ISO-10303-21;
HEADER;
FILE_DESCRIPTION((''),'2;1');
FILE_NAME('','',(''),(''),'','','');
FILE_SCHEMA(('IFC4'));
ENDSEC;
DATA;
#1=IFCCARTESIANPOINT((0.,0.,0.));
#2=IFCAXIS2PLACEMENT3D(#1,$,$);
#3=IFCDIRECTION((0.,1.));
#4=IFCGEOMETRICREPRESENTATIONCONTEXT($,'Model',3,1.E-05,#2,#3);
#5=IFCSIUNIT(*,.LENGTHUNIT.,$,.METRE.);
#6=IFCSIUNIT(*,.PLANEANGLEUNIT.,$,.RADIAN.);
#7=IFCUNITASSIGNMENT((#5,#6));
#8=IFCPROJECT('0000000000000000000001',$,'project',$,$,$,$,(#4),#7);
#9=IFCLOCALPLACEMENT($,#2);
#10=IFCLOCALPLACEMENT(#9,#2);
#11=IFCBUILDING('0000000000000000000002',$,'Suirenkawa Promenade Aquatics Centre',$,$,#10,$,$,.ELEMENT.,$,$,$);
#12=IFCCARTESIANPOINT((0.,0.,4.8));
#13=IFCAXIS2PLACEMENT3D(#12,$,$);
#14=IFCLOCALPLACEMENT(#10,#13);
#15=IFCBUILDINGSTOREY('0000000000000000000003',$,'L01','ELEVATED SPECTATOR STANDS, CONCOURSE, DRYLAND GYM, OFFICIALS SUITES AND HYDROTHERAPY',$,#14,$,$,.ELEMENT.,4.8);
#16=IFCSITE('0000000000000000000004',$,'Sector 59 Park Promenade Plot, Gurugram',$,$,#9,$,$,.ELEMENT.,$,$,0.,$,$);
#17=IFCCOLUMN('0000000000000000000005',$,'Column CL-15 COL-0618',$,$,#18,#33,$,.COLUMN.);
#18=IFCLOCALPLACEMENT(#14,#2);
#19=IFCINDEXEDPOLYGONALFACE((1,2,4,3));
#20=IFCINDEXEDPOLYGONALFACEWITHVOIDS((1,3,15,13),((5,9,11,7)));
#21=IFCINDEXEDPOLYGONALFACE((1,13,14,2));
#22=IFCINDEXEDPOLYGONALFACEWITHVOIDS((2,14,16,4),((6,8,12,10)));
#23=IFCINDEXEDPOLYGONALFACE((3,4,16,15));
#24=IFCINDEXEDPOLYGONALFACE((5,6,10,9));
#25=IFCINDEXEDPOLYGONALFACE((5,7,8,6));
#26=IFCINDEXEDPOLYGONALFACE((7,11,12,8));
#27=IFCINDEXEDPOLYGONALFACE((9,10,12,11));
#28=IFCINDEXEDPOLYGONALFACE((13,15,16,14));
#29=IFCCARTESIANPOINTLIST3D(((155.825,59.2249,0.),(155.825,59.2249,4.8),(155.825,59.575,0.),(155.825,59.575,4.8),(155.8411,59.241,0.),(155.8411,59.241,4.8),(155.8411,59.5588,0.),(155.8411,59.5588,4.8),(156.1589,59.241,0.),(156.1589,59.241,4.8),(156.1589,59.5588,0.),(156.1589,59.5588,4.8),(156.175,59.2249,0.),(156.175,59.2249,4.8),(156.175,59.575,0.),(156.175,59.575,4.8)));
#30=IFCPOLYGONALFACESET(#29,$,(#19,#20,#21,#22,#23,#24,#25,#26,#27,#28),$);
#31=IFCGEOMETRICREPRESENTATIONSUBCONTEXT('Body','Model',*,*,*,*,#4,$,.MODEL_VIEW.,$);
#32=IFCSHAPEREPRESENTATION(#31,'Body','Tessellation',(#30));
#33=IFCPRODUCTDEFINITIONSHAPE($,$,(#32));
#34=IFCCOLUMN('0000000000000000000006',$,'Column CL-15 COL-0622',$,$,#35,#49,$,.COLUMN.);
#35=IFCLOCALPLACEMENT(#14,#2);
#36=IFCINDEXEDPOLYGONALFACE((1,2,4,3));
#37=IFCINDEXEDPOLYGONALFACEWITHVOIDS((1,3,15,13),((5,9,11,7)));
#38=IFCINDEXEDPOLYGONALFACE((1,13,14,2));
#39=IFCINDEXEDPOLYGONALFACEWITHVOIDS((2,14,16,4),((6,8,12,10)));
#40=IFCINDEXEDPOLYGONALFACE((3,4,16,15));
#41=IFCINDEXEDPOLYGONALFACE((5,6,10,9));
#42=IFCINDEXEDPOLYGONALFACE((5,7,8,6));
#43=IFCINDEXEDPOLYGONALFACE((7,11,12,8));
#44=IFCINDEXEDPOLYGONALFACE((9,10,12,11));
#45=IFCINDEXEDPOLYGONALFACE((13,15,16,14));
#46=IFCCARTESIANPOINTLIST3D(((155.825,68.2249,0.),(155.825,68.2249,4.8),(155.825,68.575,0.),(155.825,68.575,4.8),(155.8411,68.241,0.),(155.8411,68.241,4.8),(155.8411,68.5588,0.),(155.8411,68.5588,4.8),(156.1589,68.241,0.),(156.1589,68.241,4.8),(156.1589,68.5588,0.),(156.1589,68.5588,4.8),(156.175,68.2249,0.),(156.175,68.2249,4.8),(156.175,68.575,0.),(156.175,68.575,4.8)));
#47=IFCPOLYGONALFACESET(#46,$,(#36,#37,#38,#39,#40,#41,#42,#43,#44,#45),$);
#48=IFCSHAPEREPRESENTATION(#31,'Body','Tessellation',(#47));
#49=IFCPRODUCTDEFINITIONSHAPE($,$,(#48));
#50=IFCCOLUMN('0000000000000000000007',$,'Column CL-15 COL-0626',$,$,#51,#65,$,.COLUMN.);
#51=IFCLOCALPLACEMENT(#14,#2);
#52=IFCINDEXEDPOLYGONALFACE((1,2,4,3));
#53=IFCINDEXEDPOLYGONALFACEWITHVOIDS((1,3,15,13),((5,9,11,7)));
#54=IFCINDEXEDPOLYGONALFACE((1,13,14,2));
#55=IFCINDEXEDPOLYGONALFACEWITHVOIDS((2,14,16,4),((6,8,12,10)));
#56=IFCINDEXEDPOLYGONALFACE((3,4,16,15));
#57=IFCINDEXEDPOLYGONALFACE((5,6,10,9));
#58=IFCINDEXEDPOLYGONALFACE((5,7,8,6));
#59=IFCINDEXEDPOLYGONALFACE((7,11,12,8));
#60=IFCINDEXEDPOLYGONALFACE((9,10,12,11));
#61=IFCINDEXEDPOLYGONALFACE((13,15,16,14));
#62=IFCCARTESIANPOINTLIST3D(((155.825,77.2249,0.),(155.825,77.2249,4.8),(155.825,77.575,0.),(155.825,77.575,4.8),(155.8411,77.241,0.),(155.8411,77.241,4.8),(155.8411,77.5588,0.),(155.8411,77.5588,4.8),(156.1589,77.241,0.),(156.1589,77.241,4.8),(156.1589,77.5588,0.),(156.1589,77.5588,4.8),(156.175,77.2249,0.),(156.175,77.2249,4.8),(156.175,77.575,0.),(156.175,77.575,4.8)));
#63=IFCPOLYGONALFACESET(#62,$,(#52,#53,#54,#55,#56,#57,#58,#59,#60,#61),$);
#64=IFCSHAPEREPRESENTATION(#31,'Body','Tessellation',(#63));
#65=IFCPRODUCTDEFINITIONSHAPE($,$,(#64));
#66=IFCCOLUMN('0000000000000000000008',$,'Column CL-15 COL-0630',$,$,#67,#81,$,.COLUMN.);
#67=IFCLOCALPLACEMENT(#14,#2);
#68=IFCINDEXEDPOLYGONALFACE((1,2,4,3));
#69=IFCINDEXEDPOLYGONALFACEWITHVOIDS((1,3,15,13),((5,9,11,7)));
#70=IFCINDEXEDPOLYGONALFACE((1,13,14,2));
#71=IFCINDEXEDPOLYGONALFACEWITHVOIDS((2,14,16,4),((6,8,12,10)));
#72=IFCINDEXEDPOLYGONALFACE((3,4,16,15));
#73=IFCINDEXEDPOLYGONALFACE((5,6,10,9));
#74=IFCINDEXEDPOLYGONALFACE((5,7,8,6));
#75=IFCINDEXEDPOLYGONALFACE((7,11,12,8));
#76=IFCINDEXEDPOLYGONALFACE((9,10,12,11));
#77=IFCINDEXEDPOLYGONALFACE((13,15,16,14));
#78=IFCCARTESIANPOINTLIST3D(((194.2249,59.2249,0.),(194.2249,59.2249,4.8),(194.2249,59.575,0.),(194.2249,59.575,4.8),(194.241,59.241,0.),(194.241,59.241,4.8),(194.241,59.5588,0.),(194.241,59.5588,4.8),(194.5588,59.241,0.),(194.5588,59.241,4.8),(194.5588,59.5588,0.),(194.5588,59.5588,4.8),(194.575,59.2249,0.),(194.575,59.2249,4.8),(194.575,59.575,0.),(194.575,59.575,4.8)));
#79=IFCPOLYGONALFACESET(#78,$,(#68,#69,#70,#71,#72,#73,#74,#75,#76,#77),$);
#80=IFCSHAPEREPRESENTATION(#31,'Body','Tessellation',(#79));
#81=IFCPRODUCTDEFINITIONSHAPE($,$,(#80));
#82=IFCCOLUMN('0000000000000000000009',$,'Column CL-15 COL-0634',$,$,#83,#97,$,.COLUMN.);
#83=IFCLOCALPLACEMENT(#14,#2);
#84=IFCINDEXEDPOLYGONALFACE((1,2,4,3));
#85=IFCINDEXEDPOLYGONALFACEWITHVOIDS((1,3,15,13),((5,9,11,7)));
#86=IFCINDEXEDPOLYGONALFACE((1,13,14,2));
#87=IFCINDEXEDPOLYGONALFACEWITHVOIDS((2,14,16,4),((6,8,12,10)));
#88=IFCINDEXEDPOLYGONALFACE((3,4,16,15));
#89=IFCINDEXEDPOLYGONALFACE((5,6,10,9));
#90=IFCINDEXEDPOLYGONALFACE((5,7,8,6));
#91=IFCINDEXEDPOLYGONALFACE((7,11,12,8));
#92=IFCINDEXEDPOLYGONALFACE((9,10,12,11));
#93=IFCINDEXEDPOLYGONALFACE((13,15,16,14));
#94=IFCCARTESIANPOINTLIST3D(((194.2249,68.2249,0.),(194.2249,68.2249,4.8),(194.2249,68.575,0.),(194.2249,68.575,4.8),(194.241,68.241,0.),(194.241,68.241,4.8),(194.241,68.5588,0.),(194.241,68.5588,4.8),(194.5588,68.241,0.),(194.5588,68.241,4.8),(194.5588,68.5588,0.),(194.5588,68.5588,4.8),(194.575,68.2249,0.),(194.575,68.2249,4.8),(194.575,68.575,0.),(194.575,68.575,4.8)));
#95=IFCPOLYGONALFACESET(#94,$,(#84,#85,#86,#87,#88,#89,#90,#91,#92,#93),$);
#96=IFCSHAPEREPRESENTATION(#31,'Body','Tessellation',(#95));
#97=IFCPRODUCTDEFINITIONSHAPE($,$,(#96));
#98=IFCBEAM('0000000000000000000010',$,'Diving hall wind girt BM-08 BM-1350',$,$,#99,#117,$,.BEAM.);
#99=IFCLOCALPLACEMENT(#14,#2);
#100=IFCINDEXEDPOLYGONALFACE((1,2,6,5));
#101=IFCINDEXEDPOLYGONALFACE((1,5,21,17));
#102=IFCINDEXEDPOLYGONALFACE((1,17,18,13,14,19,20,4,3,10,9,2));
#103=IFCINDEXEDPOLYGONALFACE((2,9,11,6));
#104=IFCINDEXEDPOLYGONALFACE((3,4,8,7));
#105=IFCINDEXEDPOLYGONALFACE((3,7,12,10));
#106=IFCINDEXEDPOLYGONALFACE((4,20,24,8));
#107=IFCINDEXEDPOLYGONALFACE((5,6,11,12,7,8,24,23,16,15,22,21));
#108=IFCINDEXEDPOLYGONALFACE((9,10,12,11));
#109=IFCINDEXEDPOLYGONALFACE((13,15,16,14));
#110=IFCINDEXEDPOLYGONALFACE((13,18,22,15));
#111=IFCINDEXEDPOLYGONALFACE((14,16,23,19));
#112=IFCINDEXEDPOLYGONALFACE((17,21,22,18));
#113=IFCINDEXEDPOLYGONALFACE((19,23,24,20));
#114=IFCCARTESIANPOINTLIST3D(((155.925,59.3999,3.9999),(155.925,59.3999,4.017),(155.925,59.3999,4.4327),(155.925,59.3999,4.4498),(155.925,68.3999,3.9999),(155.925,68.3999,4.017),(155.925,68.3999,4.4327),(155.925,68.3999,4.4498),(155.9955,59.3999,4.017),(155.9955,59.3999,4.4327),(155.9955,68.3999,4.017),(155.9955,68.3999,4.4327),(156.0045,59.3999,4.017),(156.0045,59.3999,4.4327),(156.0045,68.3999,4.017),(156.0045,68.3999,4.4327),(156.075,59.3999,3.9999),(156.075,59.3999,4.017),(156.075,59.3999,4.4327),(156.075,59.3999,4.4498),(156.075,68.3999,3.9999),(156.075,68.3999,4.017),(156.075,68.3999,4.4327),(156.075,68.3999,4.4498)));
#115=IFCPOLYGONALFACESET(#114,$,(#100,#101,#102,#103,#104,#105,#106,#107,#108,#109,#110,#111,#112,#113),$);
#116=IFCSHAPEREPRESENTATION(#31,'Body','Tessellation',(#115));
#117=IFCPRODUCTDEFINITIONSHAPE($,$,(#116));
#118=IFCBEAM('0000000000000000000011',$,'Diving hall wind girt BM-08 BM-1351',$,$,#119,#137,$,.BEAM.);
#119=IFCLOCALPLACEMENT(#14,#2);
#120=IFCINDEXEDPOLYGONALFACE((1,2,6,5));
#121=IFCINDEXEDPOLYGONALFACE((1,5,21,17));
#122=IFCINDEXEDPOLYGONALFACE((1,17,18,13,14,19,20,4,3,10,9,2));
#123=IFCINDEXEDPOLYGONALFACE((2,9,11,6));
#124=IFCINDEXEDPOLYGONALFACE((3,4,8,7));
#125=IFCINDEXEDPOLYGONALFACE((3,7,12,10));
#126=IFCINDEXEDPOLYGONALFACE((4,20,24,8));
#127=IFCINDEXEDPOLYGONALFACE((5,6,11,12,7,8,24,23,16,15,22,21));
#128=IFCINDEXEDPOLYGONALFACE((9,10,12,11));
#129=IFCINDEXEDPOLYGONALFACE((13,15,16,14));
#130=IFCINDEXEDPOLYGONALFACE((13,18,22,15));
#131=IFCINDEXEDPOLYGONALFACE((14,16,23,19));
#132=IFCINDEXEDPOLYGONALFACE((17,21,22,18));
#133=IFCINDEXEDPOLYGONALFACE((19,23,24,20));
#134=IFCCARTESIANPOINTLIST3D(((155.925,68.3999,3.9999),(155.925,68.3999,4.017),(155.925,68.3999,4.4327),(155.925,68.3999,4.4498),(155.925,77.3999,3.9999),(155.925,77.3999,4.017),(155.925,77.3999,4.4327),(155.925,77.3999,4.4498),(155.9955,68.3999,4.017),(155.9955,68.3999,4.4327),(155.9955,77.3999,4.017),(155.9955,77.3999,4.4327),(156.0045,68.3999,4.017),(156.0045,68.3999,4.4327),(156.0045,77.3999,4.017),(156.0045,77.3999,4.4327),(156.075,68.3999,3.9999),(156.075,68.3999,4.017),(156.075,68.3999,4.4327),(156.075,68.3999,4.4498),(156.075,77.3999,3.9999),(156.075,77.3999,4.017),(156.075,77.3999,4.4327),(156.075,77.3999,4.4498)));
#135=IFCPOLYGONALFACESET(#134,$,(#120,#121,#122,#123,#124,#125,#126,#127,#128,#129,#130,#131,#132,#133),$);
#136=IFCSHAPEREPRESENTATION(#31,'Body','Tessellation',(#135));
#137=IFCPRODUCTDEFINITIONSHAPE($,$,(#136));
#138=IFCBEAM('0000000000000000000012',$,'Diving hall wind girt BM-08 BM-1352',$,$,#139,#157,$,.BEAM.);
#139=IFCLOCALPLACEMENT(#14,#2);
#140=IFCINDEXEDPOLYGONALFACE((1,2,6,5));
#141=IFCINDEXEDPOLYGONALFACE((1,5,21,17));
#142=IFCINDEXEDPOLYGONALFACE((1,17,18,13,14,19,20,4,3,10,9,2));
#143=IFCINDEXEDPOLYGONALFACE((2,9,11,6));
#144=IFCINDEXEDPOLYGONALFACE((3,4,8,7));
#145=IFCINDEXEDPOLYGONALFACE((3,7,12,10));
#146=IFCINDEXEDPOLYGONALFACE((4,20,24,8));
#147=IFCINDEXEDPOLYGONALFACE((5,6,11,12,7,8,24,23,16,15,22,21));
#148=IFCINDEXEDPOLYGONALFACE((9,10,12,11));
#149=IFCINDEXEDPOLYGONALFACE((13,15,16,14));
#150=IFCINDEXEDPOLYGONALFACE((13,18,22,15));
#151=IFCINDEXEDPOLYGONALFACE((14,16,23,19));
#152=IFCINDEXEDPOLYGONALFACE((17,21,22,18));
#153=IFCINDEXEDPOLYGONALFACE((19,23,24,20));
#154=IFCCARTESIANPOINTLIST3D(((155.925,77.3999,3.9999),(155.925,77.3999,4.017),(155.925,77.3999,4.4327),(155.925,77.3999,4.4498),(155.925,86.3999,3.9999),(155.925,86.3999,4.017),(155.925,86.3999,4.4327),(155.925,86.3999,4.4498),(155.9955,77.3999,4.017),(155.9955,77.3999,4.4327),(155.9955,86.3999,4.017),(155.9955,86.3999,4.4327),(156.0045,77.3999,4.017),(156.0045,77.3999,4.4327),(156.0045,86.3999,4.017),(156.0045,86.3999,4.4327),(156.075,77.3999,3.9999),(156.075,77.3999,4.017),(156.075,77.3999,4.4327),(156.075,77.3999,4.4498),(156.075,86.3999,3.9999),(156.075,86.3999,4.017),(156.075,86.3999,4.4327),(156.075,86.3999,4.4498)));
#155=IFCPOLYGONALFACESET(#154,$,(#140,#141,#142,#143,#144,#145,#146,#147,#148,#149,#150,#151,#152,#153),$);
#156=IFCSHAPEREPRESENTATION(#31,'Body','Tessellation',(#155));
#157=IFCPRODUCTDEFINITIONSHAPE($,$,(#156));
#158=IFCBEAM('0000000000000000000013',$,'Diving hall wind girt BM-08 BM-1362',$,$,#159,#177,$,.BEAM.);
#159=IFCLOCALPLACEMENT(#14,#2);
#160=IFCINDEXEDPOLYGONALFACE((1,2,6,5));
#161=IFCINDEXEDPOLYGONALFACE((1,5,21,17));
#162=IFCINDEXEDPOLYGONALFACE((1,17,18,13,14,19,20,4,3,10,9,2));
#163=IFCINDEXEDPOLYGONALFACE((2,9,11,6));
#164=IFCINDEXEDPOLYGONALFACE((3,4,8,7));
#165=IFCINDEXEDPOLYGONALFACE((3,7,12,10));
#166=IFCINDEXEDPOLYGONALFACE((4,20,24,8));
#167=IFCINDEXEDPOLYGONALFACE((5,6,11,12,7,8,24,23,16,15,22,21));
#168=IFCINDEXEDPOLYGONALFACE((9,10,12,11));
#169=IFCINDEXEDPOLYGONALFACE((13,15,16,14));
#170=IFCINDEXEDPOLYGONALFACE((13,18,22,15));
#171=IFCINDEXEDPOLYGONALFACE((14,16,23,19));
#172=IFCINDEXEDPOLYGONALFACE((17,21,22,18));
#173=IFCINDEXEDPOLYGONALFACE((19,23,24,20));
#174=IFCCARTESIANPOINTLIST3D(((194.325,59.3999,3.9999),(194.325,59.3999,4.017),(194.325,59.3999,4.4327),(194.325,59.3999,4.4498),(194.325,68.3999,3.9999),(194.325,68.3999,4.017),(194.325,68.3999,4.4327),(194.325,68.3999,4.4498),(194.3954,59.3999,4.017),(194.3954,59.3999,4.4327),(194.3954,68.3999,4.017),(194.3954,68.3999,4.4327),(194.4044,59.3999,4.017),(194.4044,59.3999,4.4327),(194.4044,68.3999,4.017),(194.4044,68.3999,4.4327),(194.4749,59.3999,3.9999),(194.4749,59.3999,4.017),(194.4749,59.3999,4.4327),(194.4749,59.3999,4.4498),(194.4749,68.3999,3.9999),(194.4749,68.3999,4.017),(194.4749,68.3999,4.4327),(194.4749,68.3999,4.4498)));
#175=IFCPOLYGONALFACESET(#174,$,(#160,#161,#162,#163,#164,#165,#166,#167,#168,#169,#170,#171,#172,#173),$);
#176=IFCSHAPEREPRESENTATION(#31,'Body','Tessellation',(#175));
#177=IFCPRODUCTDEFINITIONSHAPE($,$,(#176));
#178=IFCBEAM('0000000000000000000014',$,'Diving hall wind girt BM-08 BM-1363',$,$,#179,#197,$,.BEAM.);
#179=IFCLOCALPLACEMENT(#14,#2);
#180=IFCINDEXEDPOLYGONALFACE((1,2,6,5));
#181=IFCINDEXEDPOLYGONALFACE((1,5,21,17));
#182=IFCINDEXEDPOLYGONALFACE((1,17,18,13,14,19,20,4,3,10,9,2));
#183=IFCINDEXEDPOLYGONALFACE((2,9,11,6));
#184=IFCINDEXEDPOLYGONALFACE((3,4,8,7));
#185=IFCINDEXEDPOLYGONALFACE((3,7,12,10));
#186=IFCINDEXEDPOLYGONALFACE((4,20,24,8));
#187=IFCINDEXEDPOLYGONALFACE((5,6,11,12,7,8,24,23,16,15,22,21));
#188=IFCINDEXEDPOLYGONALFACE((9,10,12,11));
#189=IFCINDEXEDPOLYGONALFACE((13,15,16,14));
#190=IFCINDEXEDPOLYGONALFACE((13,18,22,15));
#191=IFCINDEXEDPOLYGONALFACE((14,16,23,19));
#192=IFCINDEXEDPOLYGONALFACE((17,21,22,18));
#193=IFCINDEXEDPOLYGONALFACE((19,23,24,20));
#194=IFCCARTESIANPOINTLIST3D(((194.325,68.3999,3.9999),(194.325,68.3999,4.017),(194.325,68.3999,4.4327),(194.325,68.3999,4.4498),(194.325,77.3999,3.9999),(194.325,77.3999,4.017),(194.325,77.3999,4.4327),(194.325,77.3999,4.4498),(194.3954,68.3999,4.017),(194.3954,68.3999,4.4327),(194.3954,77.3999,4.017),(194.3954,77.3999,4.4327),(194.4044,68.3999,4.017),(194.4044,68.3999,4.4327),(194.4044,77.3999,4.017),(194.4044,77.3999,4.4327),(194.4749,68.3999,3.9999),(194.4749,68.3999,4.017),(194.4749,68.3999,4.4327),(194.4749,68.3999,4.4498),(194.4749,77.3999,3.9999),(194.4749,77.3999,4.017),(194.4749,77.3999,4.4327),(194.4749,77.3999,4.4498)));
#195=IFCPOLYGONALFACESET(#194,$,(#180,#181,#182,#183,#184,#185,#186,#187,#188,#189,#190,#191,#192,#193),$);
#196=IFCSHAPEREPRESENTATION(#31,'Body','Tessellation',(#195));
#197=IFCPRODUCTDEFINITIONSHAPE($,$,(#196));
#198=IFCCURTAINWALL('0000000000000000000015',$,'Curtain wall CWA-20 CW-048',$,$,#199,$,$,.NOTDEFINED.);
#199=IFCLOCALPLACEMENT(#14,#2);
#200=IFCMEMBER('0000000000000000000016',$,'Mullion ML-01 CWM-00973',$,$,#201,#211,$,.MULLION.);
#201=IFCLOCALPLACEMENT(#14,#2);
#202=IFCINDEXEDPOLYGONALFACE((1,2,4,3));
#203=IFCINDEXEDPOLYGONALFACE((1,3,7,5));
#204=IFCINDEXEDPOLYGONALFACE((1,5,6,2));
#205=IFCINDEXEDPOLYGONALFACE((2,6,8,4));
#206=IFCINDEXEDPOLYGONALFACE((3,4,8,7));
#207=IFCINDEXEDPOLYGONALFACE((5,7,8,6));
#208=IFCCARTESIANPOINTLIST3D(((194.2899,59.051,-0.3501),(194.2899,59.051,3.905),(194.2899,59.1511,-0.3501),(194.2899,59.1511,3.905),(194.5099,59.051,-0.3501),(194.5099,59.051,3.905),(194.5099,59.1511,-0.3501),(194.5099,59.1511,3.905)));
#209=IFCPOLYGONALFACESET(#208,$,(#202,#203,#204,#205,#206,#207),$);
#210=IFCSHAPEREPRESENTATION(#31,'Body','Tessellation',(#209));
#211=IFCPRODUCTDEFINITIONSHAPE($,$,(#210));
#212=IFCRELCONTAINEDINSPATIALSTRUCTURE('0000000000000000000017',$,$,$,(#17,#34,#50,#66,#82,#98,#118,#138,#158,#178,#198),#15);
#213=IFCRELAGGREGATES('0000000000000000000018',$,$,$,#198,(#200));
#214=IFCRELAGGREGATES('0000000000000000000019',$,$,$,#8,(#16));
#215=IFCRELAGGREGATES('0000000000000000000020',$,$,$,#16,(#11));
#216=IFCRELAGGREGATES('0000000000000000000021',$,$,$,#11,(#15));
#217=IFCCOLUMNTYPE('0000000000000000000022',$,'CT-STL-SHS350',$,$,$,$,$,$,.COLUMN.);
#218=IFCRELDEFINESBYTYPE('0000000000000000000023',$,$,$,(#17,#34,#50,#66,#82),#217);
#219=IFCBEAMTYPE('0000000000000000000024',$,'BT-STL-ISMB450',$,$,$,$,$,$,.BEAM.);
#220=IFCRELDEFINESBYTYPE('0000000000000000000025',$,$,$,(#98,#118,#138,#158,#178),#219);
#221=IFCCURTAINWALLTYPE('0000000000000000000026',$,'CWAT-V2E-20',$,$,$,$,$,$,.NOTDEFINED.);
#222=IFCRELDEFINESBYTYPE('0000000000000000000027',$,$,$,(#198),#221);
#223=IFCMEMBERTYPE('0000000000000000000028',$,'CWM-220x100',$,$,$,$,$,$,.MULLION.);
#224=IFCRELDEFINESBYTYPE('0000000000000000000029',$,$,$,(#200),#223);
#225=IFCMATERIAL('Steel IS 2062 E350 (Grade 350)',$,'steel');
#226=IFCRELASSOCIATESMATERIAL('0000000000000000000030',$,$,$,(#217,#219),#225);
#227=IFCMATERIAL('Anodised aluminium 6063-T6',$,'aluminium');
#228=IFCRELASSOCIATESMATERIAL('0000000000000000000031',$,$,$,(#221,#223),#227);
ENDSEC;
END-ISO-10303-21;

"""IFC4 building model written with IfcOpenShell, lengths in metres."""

from ifc_helpers import new_model, si_unit, direction, frame, origin, origin_2d, place, context, subcontext, project, spatial, rectangle, hollow_rectangle, i_section, extrude, material, material_profile, profile_set, type_object, element, aggregate, save


model = new_model("IFC4")

# Units and contexts
model_context = context("Model", 3, precision=1e-05, world=origin(), true_north=direction((0.0, 1.0)))
body_context = subcontext(model_context, "Body", "Model", "MODEL_VIEW")
ifc_project = project(units=[si_unit("LENGTHUNIT", "METRE"), si_unit("PLANEANGLEUNIT", "RADIAN")], contexts=[model_context])

# Site, building, storey
site_placement = place(None, origin())
site = spatial("IfcSite", under=ifc_project, at=site_placement, Name="Sector 59 Park Promenade Plot, Gurugram", CompositionType="ELEMENT", RefElevation=0.0)
building_placement = place(site_placement, origin())
building = spatial("IfcBuilding", under=site, at=building_placement, Name="Suirenkawa Promenade Aquatics Centre", CompositionType="ELEMENT")
storey_placement = place(building_placement, frame((0.0, 0.0, 4.8)))
storey = spatial("IfcBuildingStorey", under=building, at=storey_placement, Name="L01", Description="ELEVATED SPECTATOR STANDS, CONCOURSE, DRYLAND GYM, OFFICIALS SUITES AND HYDROTHERAPY", CompositionType="ELEMENT", Elevation=4.8)

# Columns
ifc_material_1 = material(Name="Steel IS 2062 E350 (Grade 350)", Category="steel")
ifc_material_profile_1 = material_profile(ifc_material_1, hollow_rectangle(XDim=0.3501, YDim=0.3501, WallThickness=0.0161, at=origin_2d()), Name="SHS 350x350x16", Category="steel")
ifc_profile_set_1 = profile_set([ifc_material_profile_1], Name="Steel IS 2062 E350 (Grade 350)")
column_type = type_object("IfcColumnType", Name="CT-STL-SHS350", PredefinedType="COLUMN", material=ifc_profile_set_1)
for number, where, z_axis, x_axis, name in (
    (1, (156.0, 59.3999, 0.0), (0.0, 0.0, 1.0), (1.0, 0.0, 0.0), "Column CL-15 COL-0618"),
    (2, (156.0, 68.3999, 0.0), (0.0, 0.0, 1.0), (1.0, 0.0, 0.0), "Column CL-15 COL-0622"),
    (3, (156.0, 77.3999, 0.0), (0.0, 0.0, 1.0), (1.0, 0.0, 0.0), "Column CL-15 COL-0626"),
    (4, (194.3999, 59.3999, 0.0), (0.0, 0.0, 1.0), (1.0, 0.0, 0.0), "Column CL-15 COL-0630"),
    (5, (194.3999, 68.3999, 0.0), (0.0, 0.0, 1.0), (1.0, 0.0, 0.0), "Column CL-15 COL-0634"),
):
    element("IfcColumn", number, at=place(storey_placement, frame(where, z_axis=z_axis, x_axis=x_axis)), inside=storey, type_object=column_type, Name=name, PredefinedType="COLUMN", context=body_context, shape_type="SweptSolid", body=[
        extrude(hollow_rectangle(XDim=0.3501, YDim=0.3501, WallThickness=0.0161, at=origin_2d()), origin(), (0.0, 0.0, 1.0), 4.8),
    ])

# Beams
ifc_material_profile_2 = material_profile(ifc_material_1, i_section(OverallWidth=0.1499, OverallDepth=0.45, WebThickness=0.009, FlangeThickness=0.0171, at=origin_2d()), Name="ISMB 450", Category="steel")
ifc_profile_set_2 = profile_set([ifc_material_profile_2], Name="Steel IS 2062 E350 (Grade 350)")
beam_type = type_object("IfcBeamType", Name="BT-STL-ISMB450", PredefinedType="BEAM", material=ifc_profile_set_2)
for number, where, z_axis, x_axis, name in (
    (6, (156.0, 59.3999, 4.2249), (0.0, 1.0, 0.0), (-1.0, 0.0, 0.0), "Diving hall wind girt BM-08 BM-1350"),
    (7, (156.0, 68.3999, 4.2249), (0.0, 1.0, 0.0), (-1.0, 0.0, 0.0), "Diving hall wind girt BM-08 BM-1351"),
    (8, (156.0, 77.3999, 4.2249), (0.0, 1.0, 0.0), (-1.0, 0.0, 0.0), "Diving hall wind girt BM-08 BM-1352"),
    (9, (194.3999, 59.3999, 4.2249), (0.0, 1.0, 0.0), (-1.0, 0.0, 0.0), "Diving hall wind girt BM-08 BM-1362"),
    (10, (194.3999, 68.3999, 4.2249), (0.0, 1.0, 0.0), (-1.0, 0.0, 0.0), "Diving hall wind girt BM-08 BM-1363"),
):
    element("IfcBeam", number, at=place(storey_placement, frame(where, z_axis=z_axis, x_axis=x_axis)), inside=storey, type_object=beam_type, Name=name, PredefinedType="BEAM", context=body_context, shape_type="SweptSolid", body=[
        extrude(i_section(OverallWidth=0.1499, OverallDepth=0.45, WebThickness=0.009, FlangeThickness=0.0171, at=origin_2d()), origin(), (0.0, 0.0, 1.0), 9.0),
    ])

# Curtain wall, member
ifc_material_2 = material(Name="Anodised aluminium 6063-T6", Category="aluminium")
curtain_wall_type_1 = type_object("IfcCurtainWallType", Name="CWAT-V2E-20", PredefinedType="NOTDEFINED", material=ifc_material_2)
curtain_wall_1_placement = place(storey_placement, origin())
curtain_wall_1 = element("IfcCurtainWall", 11, at=curtain_wall_1_placement, inside=storey, type_object=curtain_wall_type_1, Name="Curtain wall CWA-20 CW-048", PredefinedType="NOTDEFINED")
ifc_material_profile_3 = material_profile(ifc_material_2, rectangle(XDim=0.1001, YDim=0.22, at=origin_2d()), Name="ALU MULL 100x220", Category="aluminium")
ifc_profile_set_3 = profile_set([ifc_material_profile_3], Name="Anodised aluminium 6063-T6")
member_type_1 = type_object("IfcMemberType", Name="CWM-220x100", PredefinedType="MULLION", material=ifc_profile_set_3)
member_1_placement = place(storey_placement, frame((194.3999, 59.1011, -0.3501), z_axis=(0.0, 0.0, 1.0), x_axis=(0.0, -1.0, 0.0)))
member_1 = element("IfcMember", 12, at=member_1_placement, type_object=member_type_1, Name="Mullion ML-01 CWM-00973", PredefinedType="MULLION", context=body_context, shape_type="SweptSolid", body=[
    extrude(rectangle(XDim=0.1001, YDim=0.22, at=origin_2d()), origin(), (0.0, 0.0, 1.0), 4.2551),
])

aggregate(curtain_wall_1, [member_1])

save(model, "model.ifc")
